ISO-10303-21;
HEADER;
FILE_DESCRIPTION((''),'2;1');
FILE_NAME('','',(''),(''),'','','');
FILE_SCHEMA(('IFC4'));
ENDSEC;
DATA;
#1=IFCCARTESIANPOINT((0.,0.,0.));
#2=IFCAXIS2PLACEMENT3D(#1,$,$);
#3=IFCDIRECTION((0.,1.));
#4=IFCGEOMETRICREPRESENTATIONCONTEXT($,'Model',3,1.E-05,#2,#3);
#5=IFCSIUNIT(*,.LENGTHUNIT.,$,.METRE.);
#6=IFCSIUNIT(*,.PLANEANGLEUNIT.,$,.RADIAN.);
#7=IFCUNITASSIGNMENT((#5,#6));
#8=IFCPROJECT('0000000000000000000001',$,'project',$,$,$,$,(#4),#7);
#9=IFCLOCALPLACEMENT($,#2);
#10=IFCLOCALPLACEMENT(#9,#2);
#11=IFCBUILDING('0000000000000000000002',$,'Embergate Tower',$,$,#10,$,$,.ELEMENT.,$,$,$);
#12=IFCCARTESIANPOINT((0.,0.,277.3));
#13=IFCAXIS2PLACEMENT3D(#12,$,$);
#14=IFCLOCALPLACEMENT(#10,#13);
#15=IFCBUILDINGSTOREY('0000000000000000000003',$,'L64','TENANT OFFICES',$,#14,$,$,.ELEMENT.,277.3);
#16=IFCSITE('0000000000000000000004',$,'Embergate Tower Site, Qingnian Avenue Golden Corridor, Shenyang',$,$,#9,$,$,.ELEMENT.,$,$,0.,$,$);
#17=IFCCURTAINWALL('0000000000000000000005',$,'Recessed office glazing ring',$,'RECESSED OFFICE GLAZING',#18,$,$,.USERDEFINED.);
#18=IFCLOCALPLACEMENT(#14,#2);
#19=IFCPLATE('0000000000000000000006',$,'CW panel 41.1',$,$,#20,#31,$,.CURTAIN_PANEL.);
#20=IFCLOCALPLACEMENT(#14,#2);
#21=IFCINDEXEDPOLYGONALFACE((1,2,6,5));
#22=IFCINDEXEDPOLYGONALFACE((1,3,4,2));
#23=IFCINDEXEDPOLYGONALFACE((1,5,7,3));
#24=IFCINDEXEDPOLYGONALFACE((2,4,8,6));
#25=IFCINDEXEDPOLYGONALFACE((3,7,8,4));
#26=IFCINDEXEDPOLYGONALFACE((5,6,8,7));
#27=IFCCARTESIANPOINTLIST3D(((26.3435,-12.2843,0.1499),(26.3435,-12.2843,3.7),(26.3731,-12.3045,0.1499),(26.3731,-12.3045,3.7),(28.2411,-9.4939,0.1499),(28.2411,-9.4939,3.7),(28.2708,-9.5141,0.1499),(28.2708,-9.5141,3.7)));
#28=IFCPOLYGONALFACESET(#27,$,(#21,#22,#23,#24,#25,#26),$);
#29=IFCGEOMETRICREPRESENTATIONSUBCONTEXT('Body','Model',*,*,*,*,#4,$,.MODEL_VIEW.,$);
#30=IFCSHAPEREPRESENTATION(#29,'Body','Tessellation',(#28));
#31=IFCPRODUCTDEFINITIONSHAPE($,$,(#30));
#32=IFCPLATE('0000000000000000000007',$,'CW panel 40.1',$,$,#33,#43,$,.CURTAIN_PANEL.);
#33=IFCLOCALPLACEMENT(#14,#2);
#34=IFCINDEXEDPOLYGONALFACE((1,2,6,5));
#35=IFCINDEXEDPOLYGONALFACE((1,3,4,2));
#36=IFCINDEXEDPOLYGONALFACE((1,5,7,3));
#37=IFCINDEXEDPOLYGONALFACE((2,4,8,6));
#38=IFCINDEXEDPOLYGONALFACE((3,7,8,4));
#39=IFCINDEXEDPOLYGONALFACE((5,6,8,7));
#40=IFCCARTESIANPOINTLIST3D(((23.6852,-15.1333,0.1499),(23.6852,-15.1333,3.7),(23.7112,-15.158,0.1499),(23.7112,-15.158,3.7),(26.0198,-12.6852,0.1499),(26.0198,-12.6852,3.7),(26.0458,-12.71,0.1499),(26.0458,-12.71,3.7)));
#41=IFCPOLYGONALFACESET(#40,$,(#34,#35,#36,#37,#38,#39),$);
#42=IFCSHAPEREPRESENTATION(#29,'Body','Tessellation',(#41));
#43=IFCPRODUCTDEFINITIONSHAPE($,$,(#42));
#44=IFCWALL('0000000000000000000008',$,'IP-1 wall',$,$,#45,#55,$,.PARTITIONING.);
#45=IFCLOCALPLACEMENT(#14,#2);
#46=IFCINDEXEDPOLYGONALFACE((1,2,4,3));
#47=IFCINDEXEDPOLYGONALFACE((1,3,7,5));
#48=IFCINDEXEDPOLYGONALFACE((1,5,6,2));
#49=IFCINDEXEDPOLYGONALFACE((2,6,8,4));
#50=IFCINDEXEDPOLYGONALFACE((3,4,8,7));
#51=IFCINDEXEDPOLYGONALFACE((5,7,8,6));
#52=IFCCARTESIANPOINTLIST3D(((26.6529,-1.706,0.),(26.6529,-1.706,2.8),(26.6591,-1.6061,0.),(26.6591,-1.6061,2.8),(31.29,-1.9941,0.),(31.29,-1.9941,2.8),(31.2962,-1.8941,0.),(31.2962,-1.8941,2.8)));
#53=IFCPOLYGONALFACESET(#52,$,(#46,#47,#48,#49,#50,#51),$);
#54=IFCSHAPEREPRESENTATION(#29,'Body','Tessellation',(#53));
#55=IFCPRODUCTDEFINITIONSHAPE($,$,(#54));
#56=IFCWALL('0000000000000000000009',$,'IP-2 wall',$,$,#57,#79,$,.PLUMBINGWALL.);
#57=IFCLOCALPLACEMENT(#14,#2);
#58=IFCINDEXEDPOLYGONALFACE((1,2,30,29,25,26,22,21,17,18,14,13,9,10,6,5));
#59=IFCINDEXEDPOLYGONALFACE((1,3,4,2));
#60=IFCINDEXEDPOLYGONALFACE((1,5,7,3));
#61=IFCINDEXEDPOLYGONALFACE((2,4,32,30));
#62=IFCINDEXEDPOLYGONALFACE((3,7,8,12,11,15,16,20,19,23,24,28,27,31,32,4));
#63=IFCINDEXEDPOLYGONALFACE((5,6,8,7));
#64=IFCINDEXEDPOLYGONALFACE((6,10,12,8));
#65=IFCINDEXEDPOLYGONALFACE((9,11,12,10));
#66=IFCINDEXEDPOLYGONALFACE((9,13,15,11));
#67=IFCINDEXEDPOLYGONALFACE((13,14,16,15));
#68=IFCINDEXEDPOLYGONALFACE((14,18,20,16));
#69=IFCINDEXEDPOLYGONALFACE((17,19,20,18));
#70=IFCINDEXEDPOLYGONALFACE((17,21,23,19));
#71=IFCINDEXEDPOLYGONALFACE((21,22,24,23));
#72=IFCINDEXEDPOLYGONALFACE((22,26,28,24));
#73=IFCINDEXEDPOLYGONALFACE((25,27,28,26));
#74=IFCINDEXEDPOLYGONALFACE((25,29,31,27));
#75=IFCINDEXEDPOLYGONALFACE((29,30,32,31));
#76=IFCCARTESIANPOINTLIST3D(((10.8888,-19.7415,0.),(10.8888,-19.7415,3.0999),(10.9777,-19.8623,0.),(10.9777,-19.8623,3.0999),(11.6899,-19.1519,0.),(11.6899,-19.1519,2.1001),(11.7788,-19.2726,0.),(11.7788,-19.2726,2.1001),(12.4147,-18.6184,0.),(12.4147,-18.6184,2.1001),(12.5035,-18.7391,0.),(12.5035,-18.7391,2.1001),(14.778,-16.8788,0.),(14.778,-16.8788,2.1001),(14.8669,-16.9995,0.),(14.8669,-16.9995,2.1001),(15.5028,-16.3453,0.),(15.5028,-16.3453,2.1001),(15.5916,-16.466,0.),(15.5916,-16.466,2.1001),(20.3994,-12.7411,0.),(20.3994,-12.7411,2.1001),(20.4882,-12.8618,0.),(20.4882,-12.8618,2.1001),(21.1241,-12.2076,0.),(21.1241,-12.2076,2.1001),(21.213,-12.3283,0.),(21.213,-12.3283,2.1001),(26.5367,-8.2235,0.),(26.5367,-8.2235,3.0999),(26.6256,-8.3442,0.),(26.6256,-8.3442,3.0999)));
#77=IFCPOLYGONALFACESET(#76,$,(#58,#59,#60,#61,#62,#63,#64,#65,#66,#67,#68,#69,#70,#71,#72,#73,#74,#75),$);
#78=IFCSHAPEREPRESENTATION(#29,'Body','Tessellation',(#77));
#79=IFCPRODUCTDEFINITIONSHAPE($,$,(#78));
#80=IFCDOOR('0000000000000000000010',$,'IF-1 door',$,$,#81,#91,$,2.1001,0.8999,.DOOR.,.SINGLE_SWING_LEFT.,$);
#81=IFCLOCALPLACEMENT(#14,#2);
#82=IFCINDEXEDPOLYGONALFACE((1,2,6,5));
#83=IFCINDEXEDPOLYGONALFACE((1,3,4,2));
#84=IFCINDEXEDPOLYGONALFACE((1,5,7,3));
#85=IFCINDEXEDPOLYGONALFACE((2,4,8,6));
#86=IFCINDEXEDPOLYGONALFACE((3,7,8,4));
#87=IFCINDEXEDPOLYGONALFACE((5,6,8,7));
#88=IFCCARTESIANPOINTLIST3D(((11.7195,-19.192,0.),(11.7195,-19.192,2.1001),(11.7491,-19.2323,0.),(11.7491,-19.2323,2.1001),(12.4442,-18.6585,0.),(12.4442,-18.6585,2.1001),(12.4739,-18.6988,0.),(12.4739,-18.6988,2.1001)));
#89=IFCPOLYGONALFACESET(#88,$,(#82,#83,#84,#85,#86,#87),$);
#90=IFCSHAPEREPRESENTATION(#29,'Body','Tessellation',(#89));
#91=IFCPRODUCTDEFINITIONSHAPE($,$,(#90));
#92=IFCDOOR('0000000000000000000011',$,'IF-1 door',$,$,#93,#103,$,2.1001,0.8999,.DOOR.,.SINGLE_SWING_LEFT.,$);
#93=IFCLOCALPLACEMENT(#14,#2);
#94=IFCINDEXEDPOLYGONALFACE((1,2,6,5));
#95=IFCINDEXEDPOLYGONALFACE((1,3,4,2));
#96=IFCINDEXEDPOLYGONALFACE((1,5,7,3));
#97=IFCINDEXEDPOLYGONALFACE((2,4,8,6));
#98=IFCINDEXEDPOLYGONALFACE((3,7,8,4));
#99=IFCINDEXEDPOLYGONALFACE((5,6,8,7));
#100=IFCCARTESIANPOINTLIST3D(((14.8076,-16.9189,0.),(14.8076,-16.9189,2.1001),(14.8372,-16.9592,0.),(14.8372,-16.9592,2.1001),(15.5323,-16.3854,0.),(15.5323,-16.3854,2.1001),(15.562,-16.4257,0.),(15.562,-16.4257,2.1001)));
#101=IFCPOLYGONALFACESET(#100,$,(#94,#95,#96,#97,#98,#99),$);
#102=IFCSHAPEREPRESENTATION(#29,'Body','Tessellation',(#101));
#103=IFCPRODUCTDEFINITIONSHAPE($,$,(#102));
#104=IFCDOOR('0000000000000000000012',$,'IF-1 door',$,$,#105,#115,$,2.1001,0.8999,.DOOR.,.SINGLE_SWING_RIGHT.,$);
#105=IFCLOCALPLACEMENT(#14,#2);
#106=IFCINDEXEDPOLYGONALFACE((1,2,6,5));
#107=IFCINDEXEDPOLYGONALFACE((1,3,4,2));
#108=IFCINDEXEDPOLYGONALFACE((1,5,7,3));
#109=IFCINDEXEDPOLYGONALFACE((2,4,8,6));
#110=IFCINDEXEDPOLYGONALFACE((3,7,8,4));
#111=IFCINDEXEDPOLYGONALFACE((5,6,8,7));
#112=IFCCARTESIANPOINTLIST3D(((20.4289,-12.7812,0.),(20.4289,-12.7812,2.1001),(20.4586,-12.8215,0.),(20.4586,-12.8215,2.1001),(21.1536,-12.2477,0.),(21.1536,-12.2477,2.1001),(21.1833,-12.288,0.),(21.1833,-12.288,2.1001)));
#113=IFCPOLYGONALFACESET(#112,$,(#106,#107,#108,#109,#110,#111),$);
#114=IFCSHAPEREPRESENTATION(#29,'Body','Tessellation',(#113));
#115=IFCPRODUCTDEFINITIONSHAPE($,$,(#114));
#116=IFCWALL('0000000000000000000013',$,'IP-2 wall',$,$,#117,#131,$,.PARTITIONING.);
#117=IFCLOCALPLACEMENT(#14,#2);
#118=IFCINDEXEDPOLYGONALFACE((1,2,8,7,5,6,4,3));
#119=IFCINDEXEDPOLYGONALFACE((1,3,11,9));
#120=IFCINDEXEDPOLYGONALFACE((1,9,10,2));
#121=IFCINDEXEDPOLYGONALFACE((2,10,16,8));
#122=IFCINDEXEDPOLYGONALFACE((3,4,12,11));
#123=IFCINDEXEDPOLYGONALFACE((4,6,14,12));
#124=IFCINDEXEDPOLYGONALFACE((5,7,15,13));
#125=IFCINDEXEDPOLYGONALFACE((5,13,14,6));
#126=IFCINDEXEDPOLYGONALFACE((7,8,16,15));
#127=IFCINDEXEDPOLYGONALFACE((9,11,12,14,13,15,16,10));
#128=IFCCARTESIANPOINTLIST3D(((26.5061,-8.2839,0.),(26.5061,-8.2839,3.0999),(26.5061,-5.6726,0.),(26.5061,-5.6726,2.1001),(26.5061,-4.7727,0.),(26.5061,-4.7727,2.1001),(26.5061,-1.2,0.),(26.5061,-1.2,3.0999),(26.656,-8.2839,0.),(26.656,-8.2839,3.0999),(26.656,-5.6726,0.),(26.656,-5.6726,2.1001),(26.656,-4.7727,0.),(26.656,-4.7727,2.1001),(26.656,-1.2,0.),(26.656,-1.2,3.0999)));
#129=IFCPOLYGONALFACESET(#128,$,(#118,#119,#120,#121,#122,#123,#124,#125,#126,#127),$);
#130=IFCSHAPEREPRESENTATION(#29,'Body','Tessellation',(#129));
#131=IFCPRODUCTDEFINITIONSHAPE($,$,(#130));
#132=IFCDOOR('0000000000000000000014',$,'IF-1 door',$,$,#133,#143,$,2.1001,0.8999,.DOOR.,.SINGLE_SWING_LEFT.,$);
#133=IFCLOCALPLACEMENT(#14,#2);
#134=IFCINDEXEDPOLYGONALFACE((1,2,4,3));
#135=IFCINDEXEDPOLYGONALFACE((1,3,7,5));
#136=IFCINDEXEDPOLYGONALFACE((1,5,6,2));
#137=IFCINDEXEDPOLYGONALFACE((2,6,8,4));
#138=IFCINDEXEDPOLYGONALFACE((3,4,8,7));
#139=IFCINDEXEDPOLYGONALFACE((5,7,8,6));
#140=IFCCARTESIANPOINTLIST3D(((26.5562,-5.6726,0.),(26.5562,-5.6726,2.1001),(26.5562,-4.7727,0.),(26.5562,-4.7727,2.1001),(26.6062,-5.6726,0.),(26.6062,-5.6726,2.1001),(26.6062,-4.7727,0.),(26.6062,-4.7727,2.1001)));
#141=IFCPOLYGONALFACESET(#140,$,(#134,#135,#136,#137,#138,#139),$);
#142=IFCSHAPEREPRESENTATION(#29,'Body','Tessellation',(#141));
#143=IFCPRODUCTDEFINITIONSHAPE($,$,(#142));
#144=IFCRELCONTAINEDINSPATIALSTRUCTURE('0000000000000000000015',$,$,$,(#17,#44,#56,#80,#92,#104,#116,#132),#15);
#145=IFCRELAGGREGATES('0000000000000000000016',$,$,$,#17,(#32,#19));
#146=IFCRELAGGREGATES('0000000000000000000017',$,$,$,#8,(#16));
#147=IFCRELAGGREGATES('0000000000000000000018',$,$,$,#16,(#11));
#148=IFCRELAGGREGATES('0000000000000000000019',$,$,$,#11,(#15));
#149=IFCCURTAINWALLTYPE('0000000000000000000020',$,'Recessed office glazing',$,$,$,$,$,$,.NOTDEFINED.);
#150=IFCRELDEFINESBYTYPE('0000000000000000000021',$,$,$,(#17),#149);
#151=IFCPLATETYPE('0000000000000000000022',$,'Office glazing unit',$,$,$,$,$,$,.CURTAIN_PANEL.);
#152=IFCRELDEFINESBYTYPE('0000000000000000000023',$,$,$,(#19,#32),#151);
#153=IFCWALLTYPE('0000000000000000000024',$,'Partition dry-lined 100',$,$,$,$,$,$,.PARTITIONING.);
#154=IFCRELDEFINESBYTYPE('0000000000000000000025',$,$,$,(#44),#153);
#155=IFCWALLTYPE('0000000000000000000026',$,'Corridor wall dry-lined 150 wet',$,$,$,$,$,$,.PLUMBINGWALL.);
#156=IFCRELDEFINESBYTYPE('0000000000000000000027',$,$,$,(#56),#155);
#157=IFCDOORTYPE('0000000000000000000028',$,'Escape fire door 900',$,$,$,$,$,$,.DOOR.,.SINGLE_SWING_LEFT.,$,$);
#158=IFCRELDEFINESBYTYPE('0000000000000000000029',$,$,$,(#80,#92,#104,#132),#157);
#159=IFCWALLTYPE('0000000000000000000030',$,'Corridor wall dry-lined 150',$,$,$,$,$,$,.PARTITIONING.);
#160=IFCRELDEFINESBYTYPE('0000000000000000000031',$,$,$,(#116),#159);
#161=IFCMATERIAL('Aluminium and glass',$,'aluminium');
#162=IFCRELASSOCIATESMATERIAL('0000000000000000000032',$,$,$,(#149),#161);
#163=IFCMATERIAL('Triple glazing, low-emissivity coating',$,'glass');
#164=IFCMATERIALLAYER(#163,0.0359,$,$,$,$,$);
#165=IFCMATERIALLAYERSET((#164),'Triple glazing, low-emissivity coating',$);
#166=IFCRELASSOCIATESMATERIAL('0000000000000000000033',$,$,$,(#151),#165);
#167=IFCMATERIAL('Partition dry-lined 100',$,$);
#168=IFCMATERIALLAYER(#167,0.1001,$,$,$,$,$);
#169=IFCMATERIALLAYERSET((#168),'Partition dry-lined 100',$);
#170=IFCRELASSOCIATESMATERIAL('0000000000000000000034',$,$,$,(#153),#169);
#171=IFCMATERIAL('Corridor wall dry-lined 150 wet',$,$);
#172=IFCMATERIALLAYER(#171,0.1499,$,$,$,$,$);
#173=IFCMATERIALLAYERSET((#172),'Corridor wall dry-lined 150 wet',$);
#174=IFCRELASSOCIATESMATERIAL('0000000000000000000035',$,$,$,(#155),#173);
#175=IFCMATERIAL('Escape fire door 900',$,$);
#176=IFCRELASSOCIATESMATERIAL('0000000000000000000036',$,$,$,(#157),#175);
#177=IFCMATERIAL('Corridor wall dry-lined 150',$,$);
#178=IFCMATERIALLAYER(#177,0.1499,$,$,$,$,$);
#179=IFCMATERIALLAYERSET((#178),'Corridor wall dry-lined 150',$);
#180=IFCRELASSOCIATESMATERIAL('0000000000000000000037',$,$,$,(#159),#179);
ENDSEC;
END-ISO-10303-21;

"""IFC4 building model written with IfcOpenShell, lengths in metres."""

from ifc_helpers import new_model, si_unit, direction, frame, frame_2d, origin, origin_2d, place, context, subcontext, project, spatial, rectangle, extrude, source, transform, mapped, material, layer, layer_set, type_object, element, fill, aggregate, save


model = new_model("IFC4")

# Units and contexts
model_context = context("Model", 3, precision=1e-05, world=origin(), true_north=direction((0.0, 1.0)))
body_context = subcontext(model_context, "Body", "Model", "MODEL_VIEW")
ifc_project = project(units=[si_unit("LENGTHUNIT", "METRE"), si_unit("PLANEANGLEUNIT", "RADIAN")], contexts=[model_context])

# Site, building, storey
site_placement = place(None, origin())
site = spatial("IfcSite", under=ifc_project, at=site_placement, Name="Embergate Tower Site, Qingnian Avenue Golden Corridor, Shenyang", CompositionType="ELEMENT", RefElevation=0.0)
building_placement = place(site_placement, origin())
building = spatial("IfcBuilding", under=site, at=building_placement, Name="Embergate Tower", CompositionType="ELEMENT")
storey_placement = place(building_placement, frame((0.0, 0.0, 277.3)))
storey = spatial("IfcBuildingStorey", under=building, at=storey_placement, Name="L64", Description="TENANT OFFICES", CompositionType="ELEMENT", Elevation=277.3)

# Curtain wall, plates
ifc_material_1 = material(Name="Aluminium and glass", Category="aluminium")
curtain_wall_type = type_object("IfcCurtainWallType", Name="Recessed office glazing", PredefinedType="NOTDEFINED", material=ifc_material_1)
curtain_wall_placement = place(storey_placement, origin())
curtain_wall = element("IfcCurtainWall", 1, at=curtain_wall_placement, inside=storey, type_object=curtain_wall_type, Name="Recessed office glazing ring", ObjectType="RECESSED OFFICE GLAZING", PredefinedType="USERDEFINED")
ifc_material_2 = material(Name="Triple glazing, low-emissivity coating", Category="glass")
ifc_layer_1 = layer(ifc_material_2, 0.0359)
ifc_layer_set_1 = layer_set([ifc_layer_1], Name="Triple glazing, low-emissivity coating")
plate_type = type_object("IfcPlateType", Name="Office glazing unit", PredefinedType="CURTAIN_PANEL", material=ifc_layer_set_1)
shared_shape_1 = source(origin(), body_context, "Body", "SweptSolid", [
    extrude(rectangle(XDim=3.3745, YDim=0.0359, at=origin_2d()), origin(), (0.0, 0.0, 1.0), 3.55),
])
plate_1_placement = place(storey_placement, frame((27.3071, -10.8992, 0.1499), z_axis=(0.0, 0.0, 1.0), x_axis=(0.562348, 0.826901, 0.0)))
plate_1 = element("IfcPlate", 2, at=plate_1_placement, type_object=plate_type, Name="CW panel 41.1", PredefinedType="CURTAIN_PANEL", context=body_context, shape_type="MappedRepresentation", body=[
    mapped(shared_shape_1, transform((0.0, 0.0, 0.0))),
])
shared_shape_2 = source(origin(), body_context, "Body", "SweptSolid", [
    extrude(rectangle(XDim=3.3828, YDim=0.0359, at=origin_2d()), origin(), (0.0, 0.0, 1.0), 3.55),
])
plate_2_placement = place(storey_placement, frame((24.8655, -13.9216, 0.1499), z_axis=(0.0, 0.0, 1.0), x_axis=(0.690139, 0.723677, 0.0)))
plate_2 = element("IfcPlate", 3, at=plate_2_placement, type_object=plate_type, Name="CW panel 40.1", PredefinedType="CURTAIN_PANEL", context=body_context, shape_type="MappedRepresentation", body=[
    mapped(shared_shape_2, transform((0.0, 0.0, 0.0))),
])
aggregate(curtain_wall, [plate_2, plate_1])

# Wall
ifc_material_3 = material(Name="Partition dry-lined 100")
ifc_layer_2 = layer(ifc_material_3, 0.1001)
ifc_layer_set_2 = layer_set([ifc_layer_2], Name="Partition dry-lined 100")
wall_type_1 = type_object("IfcWallType", Name="Partition dry-lined 100", PredefinedType="PARTITIONING", material=ifc_layer_set_2)
shared_shape_3 = source(origin(), body_context, "Body", "SweptSolid", [
    extrude(rectangle(XDim=4.646, YDim=0.1001, at=frame_2d((2.323, 0.0))), origin(), (0.0, 0.0, 1.0), 2.8),
])
wall_1_placement = place(storey_placement, frame((26.656, -1.656, 0.0), z_axis=(0.0, 0.0, 1.0), x_axis=(0.998076, -0.062009, 0.0)))
element("IfcWall", 4, at=wall_1_placement, inside=storey, type_object=wall_type_1, Name="IP-1 wall", PredefinedType="PARTITIONING", context=body_context, shape_type="MappedRepresentation", body=[
    mapped(shared_shape_3, transform((0.0, 0.0, 0.0))),
])

# Wall, openings, doors
ifc_material_4 = material(Name="Corridor wall dry-lined 150 wet")
ifc_layer_3 = layer(ifc_material_4, 0.1499)
ifc_layer_set_3 = layer_set([ifc_layer_3], Name="Corridor wall dry-lined 150 wet")
wall_type_2 = type_object("IfcWallType", Name="Corridor wall dry-lined 150 wet", PredefinedType="PLUMBINGWALL", material=ifc_layer_set_3)
shared_shape_4 = source(origin(), body_context, "Body", "SweptSolid", [
    extrude(rectangle(XDim=19.4299, YDim=0.1499, at=frame_2d((9.7148, 0.0))), origin(), (0.0, 0.0, 1.0), 3.0999),
])
wall_2_placement = place(storey_placement, frame((26.5811, -8.2839, 0.0), z_axis=(0.0, 0.0, 1.0), x_axis=(-0.805351, -0.592799, 0.0)))
wall_2 = element("IfcWall", 5, at=wall_2_placement, inside=storey, type_object=wall_type_2, Name="IP-2 wall", PredefinedType="PLUMBINGWALL", context=body_context, shape_type="MappedRepresentation", body=[
    mapped(shared_shape_4, transform((0.0, 0.0, 0.0))),
])
shared_shape_5 = source(origin(), body_context, "Body", "SweptSolid", [
    extrude(rectangle(XDim=0.8999, YDim=2.1001, at=frame_2d((0.45, 1.05))), frame((0.0, 0.085, 0.0), z_axis=(0.0, -1.0, 0.0), x_axis=(1.0, 0.0, 0.0)), (0.0, 0.0, 1.0), 0.1699),
])
opening_1_placement = place(wall_2_placement, frame((17.5352, 0.0, 0.0)))
opening_1 = element("IfcOpeningElement", 6, at=opening_1_placement, cuts=wall_2, PredefinedType="OPENING", context=body_context, shape_type="MappedRepresentation", body=[
    mapped(shared_shape_5, transform((0.0, 0.0, 0.0))),
])
opening_2_placement = place(wall_2_placement, frame((13.7007, 0.0, 0.0)))
opening_2 = element("IfcOpeningElement", 7, at=opening_2_placement, cuts=wall_2, PredefinedType="OPENING", context=body_context, shape_type="MappedRepresentation", body=[
    mapped(shared_shape_5, transform((0.0, 0.0, 0.0))),
])
opening_3_placement = place(wall_2_placement, frame((6.7207, 0.0, 0.0)))
opening_3 = element("IfcOpeningElement", 8, at=opening_3_placement, cuts=wall_2, PredefinedType="OPENING", context=body_context, shape_type="MappedRepresentation", body=[
    mapped(shared_shape_5, transform((0.0, 0.0, 0.0))),
])
ifc_material_5 = material(Name="Escape fire door 900")
door_type = type_object("IfcDoorType", Name="Escape fire door 900", OperationType="SINGLE_SWING_LEFT", PredefinedType="DOOR", material=ifc_material_5)
shared_shape_6 = source(origin(), body_context, "Body", "SweptSolid", [
    extrude(rectangle(XDim=0.8999, YDim=2.1001, at=frame_2d((0.45, 1.05))), frame((0.0, 0.0249, 0.0), z_axis=(0.0, -1.0, 0.0), x_axis=(1.0, 0.0, 0.0)), (0.0, 0.0, 1.0), 0.05),
])
door_1_placement = place(opening_1_placement, origin())
door_1 = element("IfcDoor", 9, at=door_1_placement, inside=storey, type_object=door_type, Name="IF-1 door", OperationType="SINGLE_SWING_LEFT", OverallHeight=2.1001, OverallWidth=0.8999, PredefinedType="DOOR", context=body_context, shape_type="MappedRepresentation", body=[
    mapped(shared_shape_6, transform((0.0, 0.0, 0.0))),
])
fill(opening_1, door_1)
door_2_placement = place(opening_2_placement, origin())
door_2 = element("IfcDoor", 10, at=door_2_placement, inside=storey, type_object=door_type, Name="IF-1 door", OperationType="SINGLE_SWING_LEFT", OverallHeight=2.1001, OverallWidth=0.8999, PredefinedType="DOOR", context=body_context, shape_type="MappedRepresentation", body=[
    mapped(shared_shape_6, transform((0.0, 0.0, 0.0))),
])
fill(opening_2, door_2)
door_3_placement = place(opening_3_placement, origin())
door_3 = element("IfcDoor", 11, at=door_3_placement, inside=storey, type_object=door_type, Name="IF-1 door", OperationType="SINGLE_SWING_RIGHT", OverallHeight=2.1001, OverallWidth=0.8999, PredefinedType="DOOR", context=body_context, shape_type="MappedRepresentation", body=[
    mapped(shared_shape_6, transform((0.0, 0.0, 0.0))),
])
fill(opening_3, door_3)

# Wall, opening, door
ifc_material_6 = material(Name="Corridor wall dry-lined 150")
ifc_layer_4 = layer(ifc_material_6, 0.1499)
ifc_layer_set_4 = layer_set([ifc_layer_4], Name="Corridor wall dry-lined 150")
wall_type_3 = type_object("IfcWallType", Name="Corridor wall dry-lined 150", PredefinedType="PARTITIONING", material=ifc_layer_set_4)
shared_shape_7 = source(origin(), body_context, "Body", "SweptSolid", [
    extrude(rectangle(XDim=7.084, YDim=0.1499, at=frame_2d((3.542, 0.0))), origin(), (0.0, 0.0, 1.0), 3.0999),
])
wall_3_placement = place(storey_placement, frame((26.5811, -8.2839, 0.0), z_axis=(0.0, 0.0, 1.0), x_axis=(0.0, 1.0, 0.0)))
wall_3 = element("IfcWall", 12, at=wall_3_placement, inside=storey, type_object=wall_type_3, Name="IP-2 wall", PredefinedType="PARTITIONING", context=body_context, shape_type="MappedRepresentation", body=[
    mapped(shared_shape_7, transform((0.0, 0.0, 0.0))),
])
opening_4_placement = place(wall_3_placement, frame((2.6113, 0.0, 0.0)))
opening_4 = element("IfcOpeningElement", 13, at=opening_4_placement, cuts=wall_3, PredefinedType="OPENING", context=body_context, shape_type="MappedRepresentation", body=[
    mapped(shared_shape_5, transform((0.0, 0.0, 0.0))),
])
door_4_placement = place(opening_4_placement, origin())
door_4 = element("IfcDoor", 14, at=door_4_placement, inside=storey, type_object=door_type, Name="IF-1 door", OperationType="SINGLE_SWING_LEFT", OverallHeight=2.1001, OverallWidth=0.8999, PredefinedType="DOOR", context=body_context, shape_type="MappedRepresentation", body=[
    mapped(shared_shape_6, transform((0.0, 0.0, 0.0))),
])
fill(opening_4, door_4)

save(model, "model.ifc")
